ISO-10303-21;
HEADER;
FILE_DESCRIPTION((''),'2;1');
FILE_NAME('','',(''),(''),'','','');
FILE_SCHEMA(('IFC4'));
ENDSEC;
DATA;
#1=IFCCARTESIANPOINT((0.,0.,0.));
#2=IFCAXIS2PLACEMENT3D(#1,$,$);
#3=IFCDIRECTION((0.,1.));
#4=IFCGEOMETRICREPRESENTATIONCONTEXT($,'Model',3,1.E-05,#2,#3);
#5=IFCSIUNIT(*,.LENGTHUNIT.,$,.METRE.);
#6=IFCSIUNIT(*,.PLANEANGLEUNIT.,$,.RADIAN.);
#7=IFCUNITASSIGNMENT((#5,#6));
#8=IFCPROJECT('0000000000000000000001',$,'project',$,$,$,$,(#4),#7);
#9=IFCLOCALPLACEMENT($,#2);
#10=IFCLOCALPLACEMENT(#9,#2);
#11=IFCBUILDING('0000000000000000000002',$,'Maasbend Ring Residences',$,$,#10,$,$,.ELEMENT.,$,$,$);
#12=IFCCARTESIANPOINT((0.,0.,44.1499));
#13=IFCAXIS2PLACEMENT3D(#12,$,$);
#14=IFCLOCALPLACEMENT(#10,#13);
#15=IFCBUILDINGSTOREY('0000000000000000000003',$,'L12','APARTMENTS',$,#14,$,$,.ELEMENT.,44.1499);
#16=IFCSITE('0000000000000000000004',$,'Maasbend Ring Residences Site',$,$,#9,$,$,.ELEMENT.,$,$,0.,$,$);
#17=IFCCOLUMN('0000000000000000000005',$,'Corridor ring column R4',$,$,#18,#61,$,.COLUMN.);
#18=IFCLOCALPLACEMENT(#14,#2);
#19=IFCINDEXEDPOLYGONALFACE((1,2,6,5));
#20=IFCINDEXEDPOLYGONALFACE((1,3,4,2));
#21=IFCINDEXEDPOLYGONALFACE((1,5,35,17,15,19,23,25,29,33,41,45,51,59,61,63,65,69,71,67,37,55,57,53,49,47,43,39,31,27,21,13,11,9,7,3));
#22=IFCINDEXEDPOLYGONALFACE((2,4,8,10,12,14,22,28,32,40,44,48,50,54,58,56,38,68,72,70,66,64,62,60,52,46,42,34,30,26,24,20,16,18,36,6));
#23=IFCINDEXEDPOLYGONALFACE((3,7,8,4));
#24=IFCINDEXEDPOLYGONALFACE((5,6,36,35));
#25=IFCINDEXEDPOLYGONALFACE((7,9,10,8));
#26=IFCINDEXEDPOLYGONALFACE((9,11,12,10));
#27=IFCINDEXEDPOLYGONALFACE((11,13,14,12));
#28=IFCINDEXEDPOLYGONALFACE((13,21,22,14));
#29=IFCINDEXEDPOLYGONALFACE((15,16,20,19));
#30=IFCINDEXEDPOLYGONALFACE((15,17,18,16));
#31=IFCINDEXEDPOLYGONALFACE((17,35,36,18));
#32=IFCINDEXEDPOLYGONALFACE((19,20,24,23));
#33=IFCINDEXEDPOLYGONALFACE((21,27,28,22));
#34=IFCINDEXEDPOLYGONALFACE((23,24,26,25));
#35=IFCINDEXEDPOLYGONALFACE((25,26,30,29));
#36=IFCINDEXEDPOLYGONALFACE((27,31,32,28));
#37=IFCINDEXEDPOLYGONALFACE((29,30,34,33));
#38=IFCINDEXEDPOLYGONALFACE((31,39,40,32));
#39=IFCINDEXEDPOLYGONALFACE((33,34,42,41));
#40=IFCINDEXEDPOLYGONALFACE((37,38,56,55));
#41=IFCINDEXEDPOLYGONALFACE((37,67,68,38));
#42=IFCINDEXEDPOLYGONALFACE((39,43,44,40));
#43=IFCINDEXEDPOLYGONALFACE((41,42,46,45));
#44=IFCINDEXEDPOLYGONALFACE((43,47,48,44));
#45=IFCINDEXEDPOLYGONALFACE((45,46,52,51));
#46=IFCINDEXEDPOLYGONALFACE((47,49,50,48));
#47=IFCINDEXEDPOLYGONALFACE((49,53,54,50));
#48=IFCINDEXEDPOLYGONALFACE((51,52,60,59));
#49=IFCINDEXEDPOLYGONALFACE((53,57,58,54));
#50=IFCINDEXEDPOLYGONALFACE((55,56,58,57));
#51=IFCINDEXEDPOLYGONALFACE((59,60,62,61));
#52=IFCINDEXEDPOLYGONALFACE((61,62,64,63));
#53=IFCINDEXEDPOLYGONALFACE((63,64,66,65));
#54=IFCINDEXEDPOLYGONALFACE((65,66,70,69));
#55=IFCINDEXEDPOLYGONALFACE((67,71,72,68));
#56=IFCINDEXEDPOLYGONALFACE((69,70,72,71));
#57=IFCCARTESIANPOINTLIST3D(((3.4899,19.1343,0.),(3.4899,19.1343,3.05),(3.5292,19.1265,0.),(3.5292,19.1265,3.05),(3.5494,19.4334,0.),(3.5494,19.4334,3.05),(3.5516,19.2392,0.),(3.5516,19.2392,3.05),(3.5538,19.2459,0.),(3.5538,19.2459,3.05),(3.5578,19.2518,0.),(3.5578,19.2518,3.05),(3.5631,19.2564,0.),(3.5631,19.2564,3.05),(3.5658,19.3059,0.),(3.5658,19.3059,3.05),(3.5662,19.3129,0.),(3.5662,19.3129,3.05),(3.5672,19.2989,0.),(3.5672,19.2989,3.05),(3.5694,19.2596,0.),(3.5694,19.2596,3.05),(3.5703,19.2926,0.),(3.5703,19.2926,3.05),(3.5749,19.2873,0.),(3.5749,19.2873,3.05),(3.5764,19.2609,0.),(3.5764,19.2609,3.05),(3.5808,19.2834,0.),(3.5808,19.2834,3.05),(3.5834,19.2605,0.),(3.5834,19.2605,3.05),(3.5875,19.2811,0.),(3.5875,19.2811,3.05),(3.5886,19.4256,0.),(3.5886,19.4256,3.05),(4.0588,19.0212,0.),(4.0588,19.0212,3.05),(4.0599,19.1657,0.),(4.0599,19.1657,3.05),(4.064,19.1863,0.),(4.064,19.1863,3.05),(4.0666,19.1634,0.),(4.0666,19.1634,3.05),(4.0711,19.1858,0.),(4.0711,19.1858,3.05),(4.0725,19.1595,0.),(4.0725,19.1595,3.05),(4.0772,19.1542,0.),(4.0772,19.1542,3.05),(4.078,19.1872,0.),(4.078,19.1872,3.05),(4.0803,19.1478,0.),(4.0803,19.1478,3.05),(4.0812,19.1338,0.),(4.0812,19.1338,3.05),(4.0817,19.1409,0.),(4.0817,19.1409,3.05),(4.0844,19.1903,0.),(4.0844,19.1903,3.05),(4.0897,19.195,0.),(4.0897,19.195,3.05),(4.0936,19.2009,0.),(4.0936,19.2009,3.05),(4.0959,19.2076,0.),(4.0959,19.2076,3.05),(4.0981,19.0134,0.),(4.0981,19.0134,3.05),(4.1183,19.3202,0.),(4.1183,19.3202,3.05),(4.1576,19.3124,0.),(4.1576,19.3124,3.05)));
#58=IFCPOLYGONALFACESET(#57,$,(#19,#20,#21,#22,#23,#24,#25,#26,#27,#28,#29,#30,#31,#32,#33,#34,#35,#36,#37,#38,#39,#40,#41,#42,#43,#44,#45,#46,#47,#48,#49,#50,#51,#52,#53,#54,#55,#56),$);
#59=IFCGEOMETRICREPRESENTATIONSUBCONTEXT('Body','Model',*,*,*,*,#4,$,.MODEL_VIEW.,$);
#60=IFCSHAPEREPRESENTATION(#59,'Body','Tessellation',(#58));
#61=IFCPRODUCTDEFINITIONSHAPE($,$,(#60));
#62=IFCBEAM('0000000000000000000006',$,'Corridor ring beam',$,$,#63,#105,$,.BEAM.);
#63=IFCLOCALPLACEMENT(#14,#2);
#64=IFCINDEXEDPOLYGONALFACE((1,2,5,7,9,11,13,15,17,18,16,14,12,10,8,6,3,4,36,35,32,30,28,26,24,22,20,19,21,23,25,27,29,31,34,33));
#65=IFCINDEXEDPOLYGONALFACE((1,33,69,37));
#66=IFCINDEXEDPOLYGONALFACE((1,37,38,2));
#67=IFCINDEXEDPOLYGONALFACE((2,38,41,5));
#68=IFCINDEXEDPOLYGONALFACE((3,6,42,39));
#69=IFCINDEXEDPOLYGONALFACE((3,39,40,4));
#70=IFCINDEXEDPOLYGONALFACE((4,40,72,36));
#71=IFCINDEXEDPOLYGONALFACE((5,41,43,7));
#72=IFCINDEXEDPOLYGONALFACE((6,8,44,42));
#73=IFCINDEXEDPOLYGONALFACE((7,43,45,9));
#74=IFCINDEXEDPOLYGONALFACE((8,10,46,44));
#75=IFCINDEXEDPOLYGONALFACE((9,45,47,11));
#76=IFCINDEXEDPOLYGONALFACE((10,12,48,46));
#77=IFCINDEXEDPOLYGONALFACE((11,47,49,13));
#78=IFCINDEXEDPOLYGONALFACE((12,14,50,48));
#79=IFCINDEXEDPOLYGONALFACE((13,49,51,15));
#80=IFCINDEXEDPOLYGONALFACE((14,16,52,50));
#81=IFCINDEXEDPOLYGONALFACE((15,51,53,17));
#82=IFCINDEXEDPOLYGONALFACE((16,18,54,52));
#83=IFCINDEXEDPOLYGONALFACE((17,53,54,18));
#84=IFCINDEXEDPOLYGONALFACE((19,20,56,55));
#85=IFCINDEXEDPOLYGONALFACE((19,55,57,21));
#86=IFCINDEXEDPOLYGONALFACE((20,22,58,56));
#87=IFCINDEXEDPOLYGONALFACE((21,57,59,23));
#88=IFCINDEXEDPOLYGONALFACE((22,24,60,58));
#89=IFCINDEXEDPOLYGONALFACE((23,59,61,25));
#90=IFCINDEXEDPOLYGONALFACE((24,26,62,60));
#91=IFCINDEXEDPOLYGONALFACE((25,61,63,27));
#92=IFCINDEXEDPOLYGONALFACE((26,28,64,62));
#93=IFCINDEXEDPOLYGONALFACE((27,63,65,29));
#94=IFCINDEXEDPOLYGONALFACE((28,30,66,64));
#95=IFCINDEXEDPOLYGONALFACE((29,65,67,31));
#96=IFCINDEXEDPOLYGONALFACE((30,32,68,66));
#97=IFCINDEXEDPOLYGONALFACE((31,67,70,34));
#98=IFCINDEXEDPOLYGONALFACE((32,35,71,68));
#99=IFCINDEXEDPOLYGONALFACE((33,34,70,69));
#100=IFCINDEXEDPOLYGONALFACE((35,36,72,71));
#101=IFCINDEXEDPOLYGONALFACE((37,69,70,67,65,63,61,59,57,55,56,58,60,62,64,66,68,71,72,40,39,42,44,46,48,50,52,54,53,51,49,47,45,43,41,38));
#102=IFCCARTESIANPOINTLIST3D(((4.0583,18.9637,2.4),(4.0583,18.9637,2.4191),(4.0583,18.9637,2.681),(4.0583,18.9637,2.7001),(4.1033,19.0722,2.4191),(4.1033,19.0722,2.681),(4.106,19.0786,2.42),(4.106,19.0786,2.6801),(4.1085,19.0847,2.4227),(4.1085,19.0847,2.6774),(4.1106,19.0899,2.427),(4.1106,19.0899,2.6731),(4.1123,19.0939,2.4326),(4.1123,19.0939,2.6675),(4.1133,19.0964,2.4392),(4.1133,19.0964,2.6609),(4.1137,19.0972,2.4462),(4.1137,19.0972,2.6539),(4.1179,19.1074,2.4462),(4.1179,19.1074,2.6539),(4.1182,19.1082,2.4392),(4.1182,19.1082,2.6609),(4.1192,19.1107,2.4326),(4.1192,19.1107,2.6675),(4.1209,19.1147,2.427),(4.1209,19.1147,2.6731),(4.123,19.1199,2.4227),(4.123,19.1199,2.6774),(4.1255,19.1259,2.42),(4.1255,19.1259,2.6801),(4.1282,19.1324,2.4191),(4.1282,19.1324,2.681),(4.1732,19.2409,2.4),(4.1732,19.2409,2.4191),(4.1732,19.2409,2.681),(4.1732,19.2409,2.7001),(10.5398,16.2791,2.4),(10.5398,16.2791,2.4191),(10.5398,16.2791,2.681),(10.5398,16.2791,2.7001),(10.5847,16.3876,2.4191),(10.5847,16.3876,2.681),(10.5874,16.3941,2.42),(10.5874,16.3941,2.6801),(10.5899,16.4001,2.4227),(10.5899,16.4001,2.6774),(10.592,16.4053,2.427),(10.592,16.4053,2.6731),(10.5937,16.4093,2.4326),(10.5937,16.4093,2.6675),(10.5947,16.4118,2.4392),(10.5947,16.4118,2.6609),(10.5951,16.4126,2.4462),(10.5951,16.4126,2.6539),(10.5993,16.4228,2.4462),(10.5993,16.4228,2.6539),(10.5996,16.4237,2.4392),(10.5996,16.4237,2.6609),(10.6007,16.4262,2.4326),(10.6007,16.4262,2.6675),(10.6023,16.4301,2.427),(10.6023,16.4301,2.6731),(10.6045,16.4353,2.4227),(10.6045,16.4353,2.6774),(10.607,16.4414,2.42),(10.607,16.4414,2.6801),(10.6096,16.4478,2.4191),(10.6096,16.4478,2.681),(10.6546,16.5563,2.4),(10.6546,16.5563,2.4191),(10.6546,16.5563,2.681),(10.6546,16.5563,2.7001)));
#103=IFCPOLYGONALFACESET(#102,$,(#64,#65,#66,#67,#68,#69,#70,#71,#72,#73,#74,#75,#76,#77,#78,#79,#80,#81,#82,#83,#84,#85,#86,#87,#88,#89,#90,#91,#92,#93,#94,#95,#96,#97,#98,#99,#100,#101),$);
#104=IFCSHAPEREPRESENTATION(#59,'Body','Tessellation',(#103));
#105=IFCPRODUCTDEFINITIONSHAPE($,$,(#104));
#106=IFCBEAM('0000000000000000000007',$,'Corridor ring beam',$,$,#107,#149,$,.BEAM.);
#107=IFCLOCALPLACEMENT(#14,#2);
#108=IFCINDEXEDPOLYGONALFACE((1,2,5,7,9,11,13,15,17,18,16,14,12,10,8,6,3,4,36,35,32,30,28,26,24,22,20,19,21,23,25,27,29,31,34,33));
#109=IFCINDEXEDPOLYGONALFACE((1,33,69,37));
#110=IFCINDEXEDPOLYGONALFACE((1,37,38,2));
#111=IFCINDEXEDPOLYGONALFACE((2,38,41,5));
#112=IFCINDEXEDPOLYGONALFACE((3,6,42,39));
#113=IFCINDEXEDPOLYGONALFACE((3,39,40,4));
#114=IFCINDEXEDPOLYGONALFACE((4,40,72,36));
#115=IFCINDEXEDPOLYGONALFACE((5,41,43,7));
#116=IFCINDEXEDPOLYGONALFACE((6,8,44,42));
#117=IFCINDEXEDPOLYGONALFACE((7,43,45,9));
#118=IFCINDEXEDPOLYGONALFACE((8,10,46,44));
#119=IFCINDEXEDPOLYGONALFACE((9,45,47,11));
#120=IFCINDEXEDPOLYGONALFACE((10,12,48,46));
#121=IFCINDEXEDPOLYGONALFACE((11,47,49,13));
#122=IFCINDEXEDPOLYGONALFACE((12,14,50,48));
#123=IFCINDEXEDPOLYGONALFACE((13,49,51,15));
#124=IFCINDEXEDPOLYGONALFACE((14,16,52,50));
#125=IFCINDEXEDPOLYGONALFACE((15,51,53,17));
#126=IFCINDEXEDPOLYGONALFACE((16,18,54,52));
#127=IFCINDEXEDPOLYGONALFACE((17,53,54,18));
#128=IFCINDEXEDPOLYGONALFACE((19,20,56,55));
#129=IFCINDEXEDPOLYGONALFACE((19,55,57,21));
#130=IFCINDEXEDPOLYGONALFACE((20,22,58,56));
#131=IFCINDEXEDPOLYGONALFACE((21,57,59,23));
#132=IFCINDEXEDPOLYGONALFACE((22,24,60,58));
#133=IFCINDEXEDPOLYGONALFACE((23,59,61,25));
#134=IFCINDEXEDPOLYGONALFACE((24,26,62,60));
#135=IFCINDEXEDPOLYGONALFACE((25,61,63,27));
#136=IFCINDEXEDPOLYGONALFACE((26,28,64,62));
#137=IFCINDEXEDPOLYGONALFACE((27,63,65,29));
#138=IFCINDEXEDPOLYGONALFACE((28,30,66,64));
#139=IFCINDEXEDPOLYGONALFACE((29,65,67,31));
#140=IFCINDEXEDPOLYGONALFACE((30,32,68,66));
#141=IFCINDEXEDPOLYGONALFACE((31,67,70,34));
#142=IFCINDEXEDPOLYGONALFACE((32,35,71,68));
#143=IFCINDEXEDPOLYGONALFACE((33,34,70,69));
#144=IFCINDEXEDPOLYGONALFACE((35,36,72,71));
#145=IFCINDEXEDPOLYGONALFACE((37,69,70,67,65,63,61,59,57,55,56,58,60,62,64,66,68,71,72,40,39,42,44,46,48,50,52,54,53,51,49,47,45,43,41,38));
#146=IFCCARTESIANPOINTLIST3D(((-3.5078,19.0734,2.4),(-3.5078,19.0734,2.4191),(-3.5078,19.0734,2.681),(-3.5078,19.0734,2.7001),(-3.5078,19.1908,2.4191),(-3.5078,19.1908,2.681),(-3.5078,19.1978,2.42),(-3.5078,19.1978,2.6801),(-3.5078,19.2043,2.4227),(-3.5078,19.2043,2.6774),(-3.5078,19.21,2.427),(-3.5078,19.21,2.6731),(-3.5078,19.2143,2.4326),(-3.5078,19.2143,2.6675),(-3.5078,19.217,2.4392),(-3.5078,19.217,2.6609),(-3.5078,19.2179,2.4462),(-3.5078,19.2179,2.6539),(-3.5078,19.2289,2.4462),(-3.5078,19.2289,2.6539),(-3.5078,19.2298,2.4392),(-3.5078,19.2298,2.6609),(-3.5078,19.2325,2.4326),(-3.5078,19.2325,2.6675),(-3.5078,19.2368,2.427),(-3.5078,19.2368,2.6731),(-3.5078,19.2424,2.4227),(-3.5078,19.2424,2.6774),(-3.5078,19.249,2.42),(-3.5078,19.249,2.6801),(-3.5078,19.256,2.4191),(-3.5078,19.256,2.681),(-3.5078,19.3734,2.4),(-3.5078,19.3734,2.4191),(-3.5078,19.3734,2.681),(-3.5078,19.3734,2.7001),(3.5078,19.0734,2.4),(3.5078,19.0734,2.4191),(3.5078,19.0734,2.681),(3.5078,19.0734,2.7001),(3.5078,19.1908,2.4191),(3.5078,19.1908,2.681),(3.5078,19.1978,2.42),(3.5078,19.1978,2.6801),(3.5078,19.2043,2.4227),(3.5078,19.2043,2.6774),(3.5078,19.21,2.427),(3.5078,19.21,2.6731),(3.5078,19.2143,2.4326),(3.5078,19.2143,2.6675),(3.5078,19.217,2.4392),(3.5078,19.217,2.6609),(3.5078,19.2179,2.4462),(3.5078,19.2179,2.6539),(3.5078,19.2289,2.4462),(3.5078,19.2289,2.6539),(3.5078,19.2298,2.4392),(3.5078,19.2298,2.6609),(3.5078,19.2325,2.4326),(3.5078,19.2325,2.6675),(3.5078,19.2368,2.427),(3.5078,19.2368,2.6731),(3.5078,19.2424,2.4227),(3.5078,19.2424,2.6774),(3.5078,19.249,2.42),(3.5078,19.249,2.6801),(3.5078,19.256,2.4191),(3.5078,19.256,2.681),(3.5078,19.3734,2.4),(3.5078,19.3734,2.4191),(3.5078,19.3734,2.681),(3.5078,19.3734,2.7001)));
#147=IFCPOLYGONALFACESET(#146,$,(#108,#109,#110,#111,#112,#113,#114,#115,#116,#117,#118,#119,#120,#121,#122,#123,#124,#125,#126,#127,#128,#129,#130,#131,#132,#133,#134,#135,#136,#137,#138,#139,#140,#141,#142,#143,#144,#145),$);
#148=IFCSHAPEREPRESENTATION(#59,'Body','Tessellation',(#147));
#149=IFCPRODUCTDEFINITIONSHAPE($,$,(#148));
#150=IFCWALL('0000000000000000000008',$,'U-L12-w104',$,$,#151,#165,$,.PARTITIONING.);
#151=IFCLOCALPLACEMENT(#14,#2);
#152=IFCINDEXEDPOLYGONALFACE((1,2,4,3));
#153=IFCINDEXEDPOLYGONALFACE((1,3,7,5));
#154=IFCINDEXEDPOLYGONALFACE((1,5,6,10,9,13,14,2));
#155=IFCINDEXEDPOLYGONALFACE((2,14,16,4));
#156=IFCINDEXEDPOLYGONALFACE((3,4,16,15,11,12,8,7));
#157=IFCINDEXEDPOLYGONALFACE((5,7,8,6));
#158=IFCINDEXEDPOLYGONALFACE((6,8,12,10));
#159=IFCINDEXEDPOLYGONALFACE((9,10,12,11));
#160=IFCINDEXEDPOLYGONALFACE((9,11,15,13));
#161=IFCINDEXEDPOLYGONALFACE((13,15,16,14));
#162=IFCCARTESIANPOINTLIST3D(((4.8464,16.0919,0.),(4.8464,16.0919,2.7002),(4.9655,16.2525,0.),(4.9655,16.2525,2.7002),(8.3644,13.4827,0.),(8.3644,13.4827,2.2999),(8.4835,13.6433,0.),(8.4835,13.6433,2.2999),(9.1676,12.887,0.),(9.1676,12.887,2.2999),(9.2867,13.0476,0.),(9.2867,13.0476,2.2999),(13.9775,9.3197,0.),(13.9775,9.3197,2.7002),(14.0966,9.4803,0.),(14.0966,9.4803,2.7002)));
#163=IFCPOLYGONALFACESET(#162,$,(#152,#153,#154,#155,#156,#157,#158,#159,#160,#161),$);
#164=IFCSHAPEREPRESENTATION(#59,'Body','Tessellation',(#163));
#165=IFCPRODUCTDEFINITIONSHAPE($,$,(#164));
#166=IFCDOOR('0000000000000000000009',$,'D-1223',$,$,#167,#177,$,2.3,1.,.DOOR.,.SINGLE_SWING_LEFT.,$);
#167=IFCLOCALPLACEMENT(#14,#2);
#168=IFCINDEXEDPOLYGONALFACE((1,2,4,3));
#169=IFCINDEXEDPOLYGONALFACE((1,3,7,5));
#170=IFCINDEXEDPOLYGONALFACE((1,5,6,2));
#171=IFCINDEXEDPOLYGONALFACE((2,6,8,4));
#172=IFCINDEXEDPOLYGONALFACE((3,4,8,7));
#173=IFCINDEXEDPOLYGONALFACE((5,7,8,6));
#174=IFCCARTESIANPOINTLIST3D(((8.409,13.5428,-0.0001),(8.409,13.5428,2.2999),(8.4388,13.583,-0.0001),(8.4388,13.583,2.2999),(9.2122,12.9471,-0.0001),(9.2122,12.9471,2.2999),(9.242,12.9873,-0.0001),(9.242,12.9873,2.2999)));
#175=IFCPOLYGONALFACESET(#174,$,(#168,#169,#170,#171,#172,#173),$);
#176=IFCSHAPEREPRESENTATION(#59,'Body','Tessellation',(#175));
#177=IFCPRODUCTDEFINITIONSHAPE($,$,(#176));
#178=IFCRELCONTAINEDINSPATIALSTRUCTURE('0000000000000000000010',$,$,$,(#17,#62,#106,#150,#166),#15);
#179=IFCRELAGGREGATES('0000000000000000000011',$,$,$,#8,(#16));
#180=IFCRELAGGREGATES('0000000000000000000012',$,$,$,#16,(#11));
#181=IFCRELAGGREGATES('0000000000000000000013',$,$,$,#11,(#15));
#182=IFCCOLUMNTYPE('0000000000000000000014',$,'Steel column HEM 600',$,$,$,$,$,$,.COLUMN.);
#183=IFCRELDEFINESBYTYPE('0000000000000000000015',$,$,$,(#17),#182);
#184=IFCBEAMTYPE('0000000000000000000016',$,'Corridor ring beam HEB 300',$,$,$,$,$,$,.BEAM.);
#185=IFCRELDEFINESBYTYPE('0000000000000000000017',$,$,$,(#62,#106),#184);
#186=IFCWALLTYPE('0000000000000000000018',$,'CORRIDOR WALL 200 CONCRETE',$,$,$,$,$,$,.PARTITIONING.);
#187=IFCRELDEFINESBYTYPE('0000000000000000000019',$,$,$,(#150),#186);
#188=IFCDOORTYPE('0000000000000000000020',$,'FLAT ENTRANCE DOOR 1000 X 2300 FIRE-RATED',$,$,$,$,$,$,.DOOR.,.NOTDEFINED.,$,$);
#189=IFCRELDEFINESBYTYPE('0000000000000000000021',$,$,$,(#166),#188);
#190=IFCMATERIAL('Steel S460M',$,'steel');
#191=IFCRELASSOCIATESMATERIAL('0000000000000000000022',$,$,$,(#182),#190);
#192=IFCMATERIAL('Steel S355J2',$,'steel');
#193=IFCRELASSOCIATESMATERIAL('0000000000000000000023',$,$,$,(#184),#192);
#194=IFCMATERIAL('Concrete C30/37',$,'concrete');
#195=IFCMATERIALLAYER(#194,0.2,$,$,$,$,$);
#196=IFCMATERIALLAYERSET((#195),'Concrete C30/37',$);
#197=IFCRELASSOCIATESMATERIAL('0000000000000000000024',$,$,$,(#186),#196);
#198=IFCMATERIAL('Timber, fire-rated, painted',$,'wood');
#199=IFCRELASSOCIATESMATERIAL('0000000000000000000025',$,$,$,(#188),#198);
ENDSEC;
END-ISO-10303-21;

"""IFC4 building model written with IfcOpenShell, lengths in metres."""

from ifc_helpers import new_model, si_unit, direction, frame, frame_2d, origin, origin_2d, place, context, subcontext, project, spatial, rectangle, i_section, extrude, material, layer, layer_set, material_profile, profile_set, type_object, element, fill, save


model = new_model("IFC4")

# Units and contexts
model_context = context("Model", 3, precision=1e-05, world=origin(), true_north=direction((0.0, 1.0)))
body_context = subcontext(model_context, "Body", "Model", "MODEL_VIEW")
ifc_project = project(units=[si_unit("LENGTHUNIT", "METRE"), si_unit("PLANEANGLEUNIT", "RADIAN")], contexts=[model_context])

# Site, building, storey
site_placement = place(None, origin())
site = spatial("IfcSite", under=ifc_project, at=site_placement, Name="Maasbend Ring Residences Site", CompositionType="ELEMENT", RefElevation=0.0)
building_placement = place(site_placement, origin())
building = spatial("IfcBuilding", under=site, at=building_placement, Name="Maasbend Ring Residences", CompositionType="ELEMENT")
storey_placement = place(building_placement, frame((0.0, 0.0, 44.1499)))
storey = spatial("IfcBuildingStorey", under=building, at=storey_placement, Name="L12", Description="APARTMENTS", CompositionType="ELEMENT", Elevation=44.1499)

# Column
ifc_material_1 = material(Name="Steel S460M", Category="steel")
ifc_material_profile_1 = material_profile(ifc_material_1, i_section(OverallWidth=0.3049, OverallDepth=0.6201, WebThickness=0.021, FlangeThickness=0.04, FilletRadius=0.0271, at=origin_2d()), Name="HEM 600")
ifc_profile_set_1 = profile_set([ifc_material_profile_1], Name="Steel S460M")
column_type = type_object("IfcColumnType", Name="Steel column HEM 600", PredefinedType="COLUMN", material=ifc_profile_set_1)
column_placement = place(storey_placement, frame((3.8237, 19.2234, 0.0), z_axis=(0.0, 0.0, 1.0), x_axis=(0.19509, 0.980785, 0.0)))
element("IfcColumn", 1, at=column_placement, inside=storey, type_object=column_type, Name="Corridor ring column R4", PredefinedType="COLUMN", context=body_context, shape_type="SweptSolid", body=[
    extrude(i_section(OverallWidth=0.3049, OverallDepth=0.6201, WebThickness=0.021, FlangeThickness=0.04, FilletRadius=0.0271, at=origin_2d()), origin(), (0.0, 0.0, 1.0), 3.05),
])

# Beams
ifc_material_2 = material(Name="Steel S355J2", Category="steel")
ifc_material_profile_2 = material_profile(ifc_material_2, i_section(OverallWidth=0.3, OverallDepth=0.3, WebThickness=0.011, FlangeThickness=0.019, FilletRadius=0.0271, at=origin_2d()), Name="HEB 300")
ifc_profile_set_2 = profile_set([ifc_material_profile_2], Name="Steel S355J2")
beam_type = type_object("IfcBeamType", Name="Corridor ring beam HEB 300", PredefinedType="BEAM", material=ifc_profile_set_2)
beam_1_placement = place(storey_placement, frame((10.5972, 16.4177, 2.55), z_axis=(-0.923886, 0.382667, 0.0), x_axis=(-0.382667, -0.923886, 0.0)))
element("IfcBeam", 2, at=beam_1_placement, inside=storey, type_object=beam_type, Name="Corridor ring beam", PredefinedType="BEAM", context=body_context, shape_type="SweptSolid", body=[
    extrude(i_section(OverallWidth=0.3, OverallDepth=0.3, WebThickness=0.011, FlangeThickness=0.019, FilletRadius=0.0271, at=origin_2d()), origin(), (0.0, 0.0, 1.0), 7.0154),
])
beam_2_placement = place(storey_placement, frame((3.5078, 19.2234, 2.55), z_axis=(-1.0, 0.0, 0.0), x_axis=(0.0, -1.0, 0.0)))
element("IfcBeam", 3, at=beam_2_placement, inside=storey, type_object=beam_type, Name="Corridor ring beam", PredefinedType="BEAM", context=body_context, shape_type="SweptSolid", body=[
    extrude(i_section(OverallWidth=0.3, OverallDepth=0.3, WebThickness=0.011, FlangeThickness=0.019, FilletRadius=0.0271, at=origin_2d()), origin(), (0.0, 0.0, 1.0), 7.0156),
])

# Wall, opening, door
ifc_material_3 = material(Name="Concrete C30/37", Category="concrete")
ifc_layer_1 = layer(ifc_material_3, 0.2)
ifc_layer_set_1 = layer_set([ifc_layer_1], Name="Concrete C30/37")
wall_type_1 = type_object("IfcWallType", Name="CORRIDOR WALL 200 CONCRETE", PredefinedType="PARTITIONING", material=ifc_layer_set_1)
wall_1_placement = place(storey_placement, frame((4.906, 16.1721, 0.0), z_axis=(0.0, 0.0, 1.0), x_axis=(0.803202, -0.595707, 0.0)))
wall_1 = element("IfcWall", 4, at=wall_1_placement, inside=storey, type_object=wall_type_1, Name="U-L12-w104", PredefinedType="PARTITIONING", context=body_context, shape_type="SweptSolid", body=[
    extrude(rectangle(XDim=11.3684, YDim=0.2, at=frame_2d((5.6841, 0.0))), origin(), (0.0, 0.0, 1.0), 2.7002),
])
opening_1_placement = place(wall_1_placement, frame((4.3799, 0.0, 0.0)))
opening_1 = element("IfcOpeningElement", 5, at=opening_1_placement, cuts=wall_1, PredefinedType="OPENING", context=body_context, shape_type="SweptSolid", body=[
    extrude(rectangle(XDim=1.0, YDim=2.3, at=frame_2d((0.5, 1.1499))), frame((0.0, 0.1099, 0.0), z_axis=(0.0, -1.0, 0.0), x_axis=(1.0, 0.0, 0.0)), (0.0, 0.0, 1.0), 0.22),
])
ifc_material_4 = material(Name="Timber, fire-rated, painted", Category="wood")
door_type_1 = type_object("IfcDoorType", Name="FLAT ENTRANCE DOOR 1000 X 2300 FIRE-RATED", OperationType="NOTDEFINED", PredefinedType="DOOR", material=ifc_material_4)
door_1_placement = place(opening_1_placement, origin())
door_1 = element("IfcDoor", 6, at=door_1_placement, inside=storey, type_object=door_type_1, Name="D-1223", OperationType="SINGLE_SWING_LEFT", OverallHeight=2.3, OverallWidth=1.0, PredefinedType="DOOR", context=body_context, shape_type="SweptSolid", body=[
    extrude(rectangle(XDim=1.0, YDim=2.3, at=frame_2d((0.5, 1.1499))), frame((0.0, 0.0249, 0.0), z_axis=(0.0, -1.0, 0.0), x_axis=(1.0, 0.0, 0.0)), (0.0, 0.0, 1.0), 0.05),
])
fill(opening_1, door_1)

save(model, "model.ifc")
